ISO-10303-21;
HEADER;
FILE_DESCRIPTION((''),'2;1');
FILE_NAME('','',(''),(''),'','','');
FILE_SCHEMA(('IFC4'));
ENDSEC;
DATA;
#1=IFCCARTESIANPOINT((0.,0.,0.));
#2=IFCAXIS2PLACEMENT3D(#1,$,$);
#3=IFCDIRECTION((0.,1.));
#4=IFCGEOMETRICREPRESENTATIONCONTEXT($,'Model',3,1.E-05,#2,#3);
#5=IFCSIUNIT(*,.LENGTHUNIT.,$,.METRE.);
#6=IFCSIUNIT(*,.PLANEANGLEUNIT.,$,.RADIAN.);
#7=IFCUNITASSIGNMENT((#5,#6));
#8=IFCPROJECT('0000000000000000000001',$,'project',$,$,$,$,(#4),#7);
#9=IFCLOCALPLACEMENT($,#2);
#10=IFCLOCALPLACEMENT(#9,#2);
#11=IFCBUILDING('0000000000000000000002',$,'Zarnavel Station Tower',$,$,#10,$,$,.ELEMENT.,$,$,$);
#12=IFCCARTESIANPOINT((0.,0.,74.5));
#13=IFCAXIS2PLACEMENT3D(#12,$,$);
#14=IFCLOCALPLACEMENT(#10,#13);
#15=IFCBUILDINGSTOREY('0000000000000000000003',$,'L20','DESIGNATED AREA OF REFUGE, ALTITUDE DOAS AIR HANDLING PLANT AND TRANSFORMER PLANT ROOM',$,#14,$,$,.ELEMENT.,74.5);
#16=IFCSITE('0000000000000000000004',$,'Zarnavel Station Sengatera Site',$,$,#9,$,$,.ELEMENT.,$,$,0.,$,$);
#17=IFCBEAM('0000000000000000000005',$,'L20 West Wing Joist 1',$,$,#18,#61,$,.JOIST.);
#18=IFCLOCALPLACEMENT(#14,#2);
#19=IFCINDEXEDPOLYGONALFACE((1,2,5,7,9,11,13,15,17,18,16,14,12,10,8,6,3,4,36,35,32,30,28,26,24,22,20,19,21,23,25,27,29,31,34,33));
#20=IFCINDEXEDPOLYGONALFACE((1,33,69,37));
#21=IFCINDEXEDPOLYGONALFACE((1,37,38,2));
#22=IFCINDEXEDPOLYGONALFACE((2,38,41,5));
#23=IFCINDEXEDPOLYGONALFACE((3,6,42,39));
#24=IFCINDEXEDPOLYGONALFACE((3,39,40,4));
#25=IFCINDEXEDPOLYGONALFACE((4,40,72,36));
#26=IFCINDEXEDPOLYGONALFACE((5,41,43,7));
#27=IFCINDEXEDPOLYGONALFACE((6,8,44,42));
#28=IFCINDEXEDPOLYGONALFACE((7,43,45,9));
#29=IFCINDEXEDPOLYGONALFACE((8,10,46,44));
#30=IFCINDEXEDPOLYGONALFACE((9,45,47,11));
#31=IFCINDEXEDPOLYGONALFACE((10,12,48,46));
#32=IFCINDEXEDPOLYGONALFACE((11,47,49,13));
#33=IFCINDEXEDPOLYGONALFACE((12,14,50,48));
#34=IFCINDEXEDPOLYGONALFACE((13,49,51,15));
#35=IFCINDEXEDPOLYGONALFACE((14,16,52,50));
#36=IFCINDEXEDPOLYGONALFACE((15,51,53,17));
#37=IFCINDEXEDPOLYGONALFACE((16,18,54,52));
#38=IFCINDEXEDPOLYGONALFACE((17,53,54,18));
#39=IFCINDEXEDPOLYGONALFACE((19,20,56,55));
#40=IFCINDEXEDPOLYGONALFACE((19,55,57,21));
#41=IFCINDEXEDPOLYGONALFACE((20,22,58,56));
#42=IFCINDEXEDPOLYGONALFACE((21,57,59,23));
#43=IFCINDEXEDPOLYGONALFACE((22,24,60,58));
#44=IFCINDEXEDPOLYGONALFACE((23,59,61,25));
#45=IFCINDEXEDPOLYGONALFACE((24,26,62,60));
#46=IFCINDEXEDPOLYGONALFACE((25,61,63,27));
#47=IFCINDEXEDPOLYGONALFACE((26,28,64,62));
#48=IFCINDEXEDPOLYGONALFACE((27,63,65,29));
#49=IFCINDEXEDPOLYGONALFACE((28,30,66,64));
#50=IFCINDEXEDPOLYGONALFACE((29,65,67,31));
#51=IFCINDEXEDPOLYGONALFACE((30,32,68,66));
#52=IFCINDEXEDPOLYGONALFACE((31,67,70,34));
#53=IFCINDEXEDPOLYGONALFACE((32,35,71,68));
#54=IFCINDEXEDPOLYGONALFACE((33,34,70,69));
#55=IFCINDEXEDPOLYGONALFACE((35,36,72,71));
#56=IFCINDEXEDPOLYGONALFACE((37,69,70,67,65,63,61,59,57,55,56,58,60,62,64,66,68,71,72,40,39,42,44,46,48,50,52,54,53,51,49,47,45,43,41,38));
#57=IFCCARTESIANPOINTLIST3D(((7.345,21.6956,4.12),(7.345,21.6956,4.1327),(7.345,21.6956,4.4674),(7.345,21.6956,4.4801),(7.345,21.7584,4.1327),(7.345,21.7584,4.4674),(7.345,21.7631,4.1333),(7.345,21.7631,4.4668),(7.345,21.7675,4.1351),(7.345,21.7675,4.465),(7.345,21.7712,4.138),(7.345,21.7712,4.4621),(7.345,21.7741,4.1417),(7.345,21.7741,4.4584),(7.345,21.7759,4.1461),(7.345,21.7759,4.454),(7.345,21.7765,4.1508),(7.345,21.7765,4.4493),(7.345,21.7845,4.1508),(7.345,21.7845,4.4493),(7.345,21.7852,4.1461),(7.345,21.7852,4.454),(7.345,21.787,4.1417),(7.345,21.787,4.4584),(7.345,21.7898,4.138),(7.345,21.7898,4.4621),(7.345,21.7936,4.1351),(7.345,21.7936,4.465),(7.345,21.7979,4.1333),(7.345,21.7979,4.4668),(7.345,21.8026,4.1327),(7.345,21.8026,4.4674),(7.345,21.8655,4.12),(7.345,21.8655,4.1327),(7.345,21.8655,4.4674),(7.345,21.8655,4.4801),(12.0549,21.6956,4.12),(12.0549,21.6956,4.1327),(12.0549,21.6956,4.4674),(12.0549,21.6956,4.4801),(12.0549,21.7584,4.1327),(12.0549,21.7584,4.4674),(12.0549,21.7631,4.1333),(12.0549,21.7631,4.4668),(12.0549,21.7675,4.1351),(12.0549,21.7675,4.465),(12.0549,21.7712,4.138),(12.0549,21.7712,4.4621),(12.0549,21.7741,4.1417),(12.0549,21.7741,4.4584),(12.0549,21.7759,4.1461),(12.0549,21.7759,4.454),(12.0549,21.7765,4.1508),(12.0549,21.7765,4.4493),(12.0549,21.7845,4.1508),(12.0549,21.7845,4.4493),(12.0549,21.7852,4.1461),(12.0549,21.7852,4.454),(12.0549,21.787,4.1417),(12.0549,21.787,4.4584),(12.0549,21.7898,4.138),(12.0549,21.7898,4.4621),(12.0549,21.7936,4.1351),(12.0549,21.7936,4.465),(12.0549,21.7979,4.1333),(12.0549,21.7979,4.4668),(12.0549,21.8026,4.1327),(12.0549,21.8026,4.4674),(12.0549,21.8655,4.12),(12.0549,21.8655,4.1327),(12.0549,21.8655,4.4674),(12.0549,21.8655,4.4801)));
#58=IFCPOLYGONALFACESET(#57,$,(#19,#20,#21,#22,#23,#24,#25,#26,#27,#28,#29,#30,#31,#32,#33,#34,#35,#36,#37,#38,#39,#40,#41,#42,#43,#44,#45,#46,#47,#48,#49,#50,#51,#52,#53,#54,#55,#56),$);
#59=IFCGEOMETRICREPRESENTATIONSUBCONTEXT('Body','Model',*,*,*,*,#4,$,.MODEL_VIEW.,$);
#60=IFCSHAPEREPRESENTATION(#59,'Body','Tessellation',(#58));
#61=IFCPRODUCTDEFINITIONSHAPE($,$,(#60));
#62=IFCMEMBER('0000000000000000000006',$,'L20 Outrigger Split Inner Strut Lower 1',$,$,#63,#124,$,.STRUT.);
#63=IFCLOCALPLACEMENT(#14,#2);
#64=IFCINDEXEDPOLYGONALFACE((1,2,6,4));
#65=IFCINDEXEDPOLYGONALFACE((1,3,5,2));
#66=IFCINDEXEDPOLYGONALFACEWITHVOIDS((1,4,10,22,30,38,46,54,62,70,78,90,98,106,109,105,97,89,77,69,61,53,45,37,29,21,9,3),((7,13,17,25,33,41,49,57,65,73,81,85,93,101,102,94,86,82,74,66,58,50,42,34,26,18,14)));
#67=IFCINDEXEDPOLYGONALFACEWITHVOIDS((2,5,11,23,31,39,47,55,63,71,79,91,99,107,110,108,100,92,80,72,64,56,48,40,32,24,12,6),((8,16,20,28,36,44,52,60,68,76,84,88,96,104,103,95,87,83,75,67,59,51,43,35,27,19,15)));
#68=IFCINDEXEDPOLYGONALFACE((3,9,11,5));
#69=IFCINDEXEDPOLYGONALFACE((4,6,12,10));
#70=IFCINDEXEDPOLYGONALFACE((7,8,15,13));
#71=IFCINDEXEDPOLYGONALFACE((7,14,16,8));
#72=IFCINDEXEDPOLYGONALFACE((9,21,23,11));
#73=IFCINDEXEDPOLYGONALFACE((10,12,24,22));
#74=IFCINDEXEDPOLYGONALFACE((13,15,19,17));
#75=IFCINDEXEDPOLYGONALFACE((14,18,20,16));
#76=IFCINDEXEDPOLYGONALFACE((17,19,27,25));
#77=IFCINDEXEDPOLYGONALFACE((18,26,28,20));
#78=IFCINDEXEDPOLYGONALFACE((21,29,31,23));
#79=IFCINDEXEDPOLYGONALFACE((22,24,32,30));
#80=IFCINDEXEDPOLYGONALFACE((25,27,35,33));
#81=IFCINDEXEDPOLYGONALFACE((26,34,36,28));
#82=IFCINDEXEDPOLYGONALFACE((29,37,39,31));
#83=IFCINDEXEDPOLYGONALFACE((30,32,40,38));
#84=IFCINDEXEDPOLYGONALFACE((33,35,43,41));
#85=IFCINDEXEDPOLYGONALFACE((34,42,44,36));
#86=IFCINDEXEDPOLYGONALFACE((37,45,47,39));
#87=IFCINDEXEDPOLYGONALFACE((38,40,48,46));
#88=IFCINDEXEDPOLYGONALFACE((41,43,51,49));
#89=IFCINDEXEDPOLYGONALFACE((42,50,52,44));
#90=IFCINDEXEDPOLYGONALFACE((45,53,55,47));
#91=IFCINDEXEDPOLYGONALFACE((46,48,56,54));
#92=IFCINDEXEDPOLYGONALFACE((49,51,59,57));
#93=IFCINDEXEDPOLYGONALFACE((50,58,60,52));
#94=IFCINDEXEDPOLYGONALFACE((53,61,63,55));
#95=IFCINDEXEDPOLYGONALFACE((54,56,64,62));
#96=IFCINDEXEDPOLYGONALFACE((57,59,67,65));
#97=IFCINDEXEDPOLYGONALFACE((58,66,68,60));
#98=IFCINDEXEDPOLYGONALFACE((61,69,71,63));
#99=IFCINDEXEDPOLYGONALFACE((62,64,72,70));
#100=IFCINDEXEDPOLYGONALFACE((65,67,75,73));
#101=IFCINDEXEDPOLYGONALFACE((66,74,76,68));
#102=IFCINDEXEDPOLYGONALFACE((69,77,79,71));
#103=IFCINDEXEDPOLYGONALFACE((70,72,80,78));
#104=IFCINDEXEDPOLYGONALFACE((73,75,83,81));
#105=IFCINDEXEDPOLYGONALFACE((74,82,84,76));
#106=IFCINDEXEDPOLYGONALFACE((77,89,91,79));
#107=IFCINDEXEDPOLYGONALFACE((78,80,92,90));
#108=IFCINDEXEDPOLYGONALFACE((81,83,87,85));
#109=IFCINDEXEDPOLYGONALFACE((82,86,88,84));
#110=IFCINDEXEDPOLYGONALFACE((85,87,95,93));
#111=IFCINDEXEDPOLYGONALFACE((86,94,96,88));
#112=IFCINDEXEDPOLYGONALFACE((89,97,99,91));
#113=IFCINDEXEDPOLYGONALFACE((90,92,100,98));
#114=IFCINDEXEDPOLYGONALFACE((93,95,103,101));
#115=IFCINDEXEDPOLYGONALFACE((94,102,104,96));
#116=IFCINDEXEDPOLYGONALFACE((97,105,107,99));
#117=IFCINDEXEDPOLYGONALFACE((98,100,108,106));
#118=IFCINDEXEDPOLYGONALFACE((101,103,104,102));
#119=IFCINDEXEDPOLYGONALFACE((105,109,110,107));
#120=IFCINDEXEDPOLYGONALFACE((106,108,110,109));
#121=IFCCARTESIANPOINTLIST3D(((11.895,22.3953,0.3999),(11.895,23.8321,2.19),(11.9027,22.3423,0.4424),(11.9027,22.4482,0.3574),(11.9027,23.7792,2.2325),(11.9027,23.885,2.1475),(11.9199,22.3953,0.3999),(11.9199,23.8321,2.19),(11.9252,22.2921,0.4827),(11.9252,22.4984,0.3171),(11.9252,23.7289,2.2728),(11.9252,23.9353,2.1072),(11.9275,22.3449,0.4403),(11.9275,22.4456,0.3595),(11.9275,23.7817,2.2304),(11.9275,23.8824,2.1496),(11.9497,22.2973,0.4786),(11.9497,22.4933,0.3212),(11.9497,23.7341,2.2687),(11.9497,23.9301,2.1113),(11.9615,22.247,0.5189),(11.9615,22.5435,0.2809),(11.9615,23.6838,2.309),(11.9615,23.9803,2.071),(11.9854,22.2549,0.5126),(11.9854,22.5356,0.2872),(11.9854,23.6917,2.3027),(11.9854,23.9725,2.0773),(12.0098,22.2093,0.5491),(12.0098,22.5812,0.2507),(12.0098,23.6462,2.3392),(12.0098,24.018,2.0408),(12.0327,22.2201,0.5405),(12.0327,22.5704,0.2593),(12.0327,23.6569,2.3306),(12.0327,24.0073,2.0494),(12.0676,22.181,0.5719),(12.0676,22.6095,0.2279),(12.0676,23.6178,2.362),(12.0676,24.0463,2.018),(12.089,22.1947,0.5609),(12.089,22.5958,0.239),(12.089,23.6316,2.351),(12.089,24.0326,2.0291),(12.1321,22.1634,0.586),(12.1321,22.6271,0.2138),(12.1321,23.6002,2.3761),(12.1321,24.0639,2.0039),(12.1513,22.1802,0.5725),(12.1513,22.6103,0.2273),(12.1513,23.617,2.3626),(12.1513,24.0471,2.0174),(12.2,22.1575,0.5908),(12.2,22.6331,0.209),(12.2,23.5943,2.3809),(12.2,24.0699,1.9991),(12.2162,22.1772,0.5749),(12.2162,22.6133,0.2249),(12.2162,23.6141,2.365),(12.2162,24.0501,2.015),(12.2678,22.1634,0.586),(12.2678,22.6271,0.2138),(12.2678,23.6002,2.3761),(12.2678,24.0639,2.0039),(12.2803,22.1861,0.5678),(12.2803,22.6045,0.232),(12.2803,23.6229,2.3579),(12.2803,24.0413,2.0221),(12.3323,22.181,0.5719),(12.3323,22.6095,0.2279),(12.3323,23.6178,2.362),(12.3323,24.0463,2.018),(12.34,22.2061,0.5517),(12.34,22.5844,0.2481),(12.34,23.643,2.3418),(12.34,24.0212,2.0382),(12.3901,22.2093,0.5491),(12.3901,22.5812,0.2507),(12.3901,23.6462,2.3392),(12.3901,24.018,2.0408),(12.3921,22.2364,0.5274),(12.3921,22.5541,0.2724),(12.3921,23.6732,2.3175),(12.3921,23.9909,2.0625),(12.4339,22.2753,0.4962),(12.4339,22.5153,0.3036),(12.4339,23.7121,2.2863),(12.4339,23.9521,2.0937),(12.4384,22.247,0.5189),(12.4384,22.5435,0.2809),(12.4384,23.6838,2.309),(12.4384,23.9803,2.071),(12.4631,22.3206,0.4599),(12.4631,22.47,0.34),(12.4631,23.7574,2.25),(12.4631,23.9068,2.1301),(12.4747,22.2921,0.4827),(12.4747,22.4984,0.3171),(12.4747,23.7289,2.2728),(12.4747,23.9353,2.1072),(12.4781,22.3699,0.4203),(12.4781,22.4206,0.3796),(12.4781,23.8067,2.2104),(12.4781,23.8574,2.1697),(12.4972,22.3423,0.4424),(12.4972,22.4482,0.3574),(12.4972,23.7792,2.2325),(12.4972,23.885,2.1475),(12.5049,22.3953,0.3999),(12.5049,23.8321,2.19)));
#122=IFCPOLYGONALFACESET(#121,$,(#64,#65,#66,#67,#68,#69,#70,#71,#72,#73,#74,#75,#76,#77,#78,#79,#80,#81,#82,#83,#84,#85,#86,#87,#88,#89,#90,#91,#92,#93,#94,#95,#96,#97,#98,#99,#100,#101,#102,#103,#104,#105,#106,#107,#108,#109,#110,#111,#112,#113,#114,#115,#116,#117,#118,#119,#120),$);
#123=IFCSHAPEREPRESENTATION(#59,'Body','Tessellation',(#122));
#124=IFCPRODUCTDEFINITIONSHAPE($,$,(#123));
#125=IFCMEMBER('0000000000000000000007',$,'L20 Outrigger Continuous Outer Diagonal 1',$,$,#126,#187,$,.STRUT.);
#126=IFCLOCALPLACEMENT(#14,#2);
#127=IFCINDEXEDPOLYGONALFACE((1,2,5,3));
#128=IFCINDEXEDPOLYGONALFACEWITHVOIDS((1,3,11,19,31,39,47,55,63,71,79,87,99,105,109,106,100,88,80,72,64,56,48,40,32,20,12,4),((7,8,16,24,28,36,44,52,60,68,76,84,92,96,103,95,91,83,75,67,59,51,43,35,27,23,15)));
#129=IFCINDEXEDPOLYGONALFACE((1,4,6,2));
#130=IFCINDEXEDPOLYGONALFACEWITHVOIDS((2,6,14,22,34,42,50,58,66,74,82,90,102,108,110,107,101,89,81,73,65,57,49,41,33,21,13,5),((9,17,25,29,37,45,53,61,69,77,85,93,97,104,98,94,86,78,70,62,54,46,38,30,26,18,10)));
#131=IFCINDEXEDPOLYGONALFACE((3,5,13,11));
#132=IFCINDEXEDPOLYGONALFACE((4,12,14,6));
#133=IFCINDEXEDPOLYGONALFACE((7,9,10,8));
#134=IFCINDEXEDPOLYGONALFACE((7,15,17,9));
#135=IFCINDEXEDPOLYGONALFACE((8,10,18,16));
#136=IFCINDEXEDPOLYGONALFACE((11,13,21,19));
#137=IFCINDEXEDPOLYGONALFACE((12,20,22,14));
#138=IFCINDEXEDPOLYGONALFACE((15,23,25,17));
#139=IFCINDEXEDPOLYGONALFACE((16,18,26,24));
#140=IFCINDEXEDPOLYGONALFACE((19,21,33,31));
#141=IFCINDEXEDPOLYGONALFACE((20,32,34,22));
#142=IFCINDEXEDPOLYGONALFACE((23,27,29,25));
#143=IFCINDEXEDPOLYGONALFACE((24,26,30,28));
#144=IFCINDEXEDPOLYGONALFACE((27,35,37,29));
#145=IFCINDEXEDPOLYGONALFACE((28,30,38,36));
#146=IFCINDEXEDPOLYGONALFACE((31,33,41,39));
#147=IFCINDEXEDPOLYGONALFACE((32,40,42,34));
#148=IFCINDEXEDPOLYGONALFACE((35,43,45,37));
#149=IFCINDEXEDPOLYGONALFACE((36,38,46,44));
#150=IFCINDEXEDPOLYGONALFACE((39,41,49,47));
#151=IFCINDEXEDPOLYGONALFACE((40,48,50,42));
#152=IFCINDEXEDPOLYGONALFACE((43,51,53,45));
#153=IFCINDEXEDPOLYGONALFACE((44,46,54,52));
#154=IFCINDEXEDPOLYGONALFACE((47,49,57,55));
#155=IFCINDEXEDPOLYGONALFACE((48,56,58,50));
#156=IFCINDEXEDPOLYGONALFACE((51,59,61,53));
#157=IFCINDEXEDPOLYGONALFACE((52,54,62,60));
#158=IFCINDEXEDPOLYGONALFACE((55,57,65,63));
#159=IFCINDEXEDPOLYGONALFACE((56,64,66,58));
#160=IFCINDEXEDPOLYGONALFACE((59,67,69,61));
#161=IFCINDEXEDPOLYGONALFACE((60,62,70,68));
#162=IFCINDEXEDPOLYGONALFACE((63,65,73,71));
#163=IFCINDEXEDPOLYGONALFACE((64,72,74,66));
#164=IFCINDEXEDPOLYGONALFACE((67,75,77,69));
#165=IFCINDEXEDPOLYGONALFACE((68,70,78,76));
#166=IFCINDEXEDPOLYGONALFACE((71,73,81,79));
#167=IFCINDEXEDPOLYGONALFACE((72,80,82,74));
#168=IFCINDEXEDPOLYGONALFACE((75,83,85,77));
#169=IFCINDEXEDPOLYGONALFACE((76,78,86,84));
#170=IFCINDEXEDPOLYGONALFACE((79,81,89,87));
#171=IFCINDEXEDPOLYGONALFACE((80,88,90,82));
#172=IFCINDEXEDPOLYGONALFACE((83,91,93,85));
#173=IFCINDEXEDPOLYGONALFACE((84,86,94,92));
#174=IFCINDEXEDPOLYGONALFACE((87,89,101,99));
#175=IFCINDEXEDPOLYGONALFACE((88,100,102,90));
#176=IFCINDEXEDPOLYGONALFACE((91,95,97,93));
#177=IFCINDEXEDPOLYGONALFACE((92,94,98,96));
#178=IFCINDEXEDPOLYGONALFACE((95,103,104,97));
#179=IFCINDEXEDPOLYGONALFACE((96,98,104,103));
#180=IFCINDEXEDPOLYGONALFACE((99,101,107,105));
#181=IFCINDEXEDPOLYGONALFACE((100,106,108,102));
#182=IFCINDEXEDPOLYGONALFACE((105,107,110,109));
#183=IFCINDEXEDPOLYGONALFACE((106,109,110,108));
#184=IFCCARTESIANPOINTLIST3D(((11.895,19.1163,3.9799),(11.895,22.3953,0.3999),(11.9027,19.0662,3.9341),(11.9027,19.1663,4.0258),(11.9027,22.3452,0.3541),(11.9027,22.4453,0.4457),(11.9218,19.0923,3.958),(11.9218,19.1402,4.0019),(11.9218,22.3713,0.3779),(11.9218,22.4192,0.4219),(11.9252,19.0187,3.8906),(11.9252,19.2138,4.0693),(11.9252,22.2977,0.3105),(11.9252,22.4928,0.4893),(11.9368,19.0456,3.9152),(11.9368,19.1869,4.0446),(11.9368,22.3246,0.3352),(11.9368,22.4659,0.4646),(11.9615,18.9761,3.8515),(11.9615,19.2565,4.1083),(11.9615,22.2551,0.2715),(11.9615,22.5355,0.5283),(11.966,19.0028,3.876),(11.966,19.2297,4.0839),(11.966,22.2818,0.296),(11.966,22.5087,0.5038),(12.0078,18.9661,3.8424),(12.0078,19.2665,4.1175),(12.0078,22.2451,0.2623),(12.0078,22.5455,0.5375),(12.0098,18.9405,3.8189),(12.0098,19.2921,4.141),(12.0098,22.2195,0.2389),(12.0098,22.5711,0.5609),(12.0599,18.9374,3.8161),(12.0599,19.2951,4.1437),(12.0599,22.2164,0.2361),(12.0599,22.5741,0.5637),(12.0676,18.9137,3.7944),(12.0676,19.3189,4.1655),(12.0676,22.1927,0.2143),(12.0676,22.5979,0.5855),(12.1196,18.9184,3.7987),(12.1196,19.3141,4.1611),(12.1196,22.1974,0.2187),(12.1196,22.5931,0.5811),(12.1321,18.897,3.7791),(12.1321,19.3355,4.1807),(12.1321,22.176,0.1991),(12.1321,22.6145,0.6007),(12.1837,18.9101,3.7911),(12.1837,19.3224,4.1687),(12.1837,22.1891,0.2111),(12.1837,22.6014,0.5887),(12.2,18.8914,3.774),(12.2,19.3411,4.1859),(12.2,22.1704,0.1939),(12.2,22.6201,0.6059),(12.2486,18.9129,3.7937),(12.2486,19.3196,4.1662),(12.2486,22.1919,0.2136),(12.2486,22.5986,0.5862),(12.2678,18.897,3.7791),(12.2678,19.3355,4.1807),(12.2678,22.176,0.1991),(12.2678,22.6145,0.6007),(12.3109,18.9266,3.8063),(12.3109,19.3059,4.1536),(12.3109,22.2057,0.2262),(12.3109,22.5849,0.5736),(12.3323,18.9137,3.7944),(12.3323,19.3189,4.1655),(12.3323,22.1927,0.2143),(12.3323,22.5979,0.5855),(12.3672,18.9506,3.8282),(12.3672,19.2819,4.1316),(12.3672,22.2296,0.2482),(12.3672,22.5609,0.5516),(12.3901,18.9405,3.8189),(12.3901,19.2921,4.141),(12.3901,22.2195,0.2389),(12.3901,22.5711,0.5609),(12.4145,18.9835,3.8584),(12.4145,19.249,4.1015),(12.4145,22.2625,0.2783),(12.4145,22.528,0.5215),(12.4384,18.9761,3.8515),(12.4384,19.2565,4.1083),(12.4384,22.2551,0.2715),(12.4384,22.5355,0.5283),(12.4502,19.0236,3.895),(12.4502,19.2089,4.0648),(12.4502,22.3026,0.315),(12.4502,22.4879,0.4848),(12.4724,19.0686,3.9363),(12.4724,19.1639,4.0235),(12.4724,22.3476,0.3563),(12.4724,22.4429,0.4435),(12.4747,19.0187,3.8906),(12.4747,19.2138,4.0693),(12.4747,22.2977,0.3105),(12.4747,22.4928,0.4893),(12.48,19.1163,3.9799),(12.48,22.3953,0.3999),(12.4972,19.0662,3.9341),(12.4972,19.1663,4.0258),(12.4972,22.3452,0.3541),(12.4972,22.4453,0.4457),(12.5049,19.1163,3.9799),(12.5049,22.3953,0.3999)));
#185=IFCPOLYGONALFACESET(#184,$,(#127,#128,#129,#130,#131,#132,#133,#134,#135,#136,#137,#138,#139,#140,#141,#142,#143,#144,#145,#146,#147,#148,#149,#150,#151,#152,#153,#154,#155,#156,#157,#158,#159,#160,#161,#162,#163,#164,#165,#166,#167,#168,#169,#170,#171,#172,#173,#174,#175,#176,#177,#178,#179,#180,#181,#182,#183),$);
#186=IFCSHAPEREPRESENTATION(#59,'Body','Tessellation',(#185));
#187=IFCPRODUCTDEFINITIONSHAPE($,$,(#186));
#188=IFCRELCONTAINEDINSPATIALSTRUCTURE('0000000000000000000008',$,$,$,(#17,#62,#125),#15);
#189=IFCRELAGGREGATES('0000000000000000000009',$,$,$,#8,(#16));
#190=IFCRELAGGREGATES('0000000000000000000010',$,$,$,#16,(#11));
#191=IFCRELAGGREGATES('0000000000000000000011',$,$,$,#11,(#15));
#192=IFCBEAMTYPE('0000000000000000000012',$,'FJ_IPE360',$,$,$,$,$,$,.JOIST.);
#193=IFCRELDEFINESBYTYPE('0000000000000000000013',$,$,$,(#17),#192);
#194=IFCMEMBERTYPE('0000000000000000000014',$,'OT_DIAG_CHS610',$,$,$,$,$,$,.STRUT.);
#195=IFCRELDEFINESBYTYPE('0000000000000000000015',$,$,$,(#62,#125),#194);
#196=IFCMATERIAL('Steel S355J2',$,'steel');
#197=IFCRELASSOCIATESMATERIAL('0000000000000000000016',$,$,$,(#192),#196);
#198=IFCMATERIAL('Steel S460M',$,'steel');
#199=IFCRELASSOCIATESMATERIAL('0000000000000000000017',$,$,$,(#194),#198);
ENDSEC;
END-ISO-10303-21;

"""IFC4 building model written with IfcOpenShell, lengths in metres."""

from ifc_helpers import new_model, si_unit, direction, frame, origin, origin_2d, place, context, subcontext, project, spatial, hollow_circle, i_section, extrude, material, material_profile, profile_set, type_object, element, save


model = new_model("IFC4")

# Units and contexts
model_context = context("Model", 3, precision=1e-05, world=origin(), true_north=direction((0.0, 1.0)))
body_context = subcontext(model_context, "Body", "Model", "MODEL_VIEW")
ifc_project = project(units=[si_unit("LENGTHUNIT", "METRE"), si_unit("PLANEANGLEUNIT", "RADIAN")], contexts=[model_context])

# Site, building, storey
site_placement = place(None, origin())
site = spatial("IfcSite", under=ifc_project, at=site_placement, Name="Zarnavel Station Sengatera Site", CompositionType="ELEMENT", RefElevation=0.0)
building_placement = place(site_placement, origin())
building = spatial("IfcBuilding", under=site, at=building_placement, Name="Zarnavel Station Tower", CompositionType="ELEMENT")
storey_placement = place(building_placement, frame((0.0, 0.0, 74.5)))
storey = spatial("IfcBuildingStorey", under=building, at=storey_placement, Name="L20", Description="DESIGNATED AREA OF REFUGE, ALTITUDE DOAS AIR HANDLING PLANT AND TRANSFORMER PLANT ROOM", CompositionType="ELEMENT", Elevation=74.5)

# Beam
ifc_material_1 = material(Name="Steel S355J2", Category="steel")
ifc_material_profile_1 = material_profile(ifc_material_1, i_section(OverallWidth=0.1699, OverallDepth=0.3601, WebThickness=0.0081, FlangeThickness=0.0127, FilletRadius=0.0181, at=origin_2d()), Name="IPE360")
ifc_profile_set_1 = profile_set([ifc_material_profile_1], Name="Steel S355J2")
beam_type_1 = type_object("IfcBeamType", Name="FJ_IPE360", PredefinedType="JOIST", material=ifc_profile_set_1)
beam_1_placement = place(storey_placement, frame((7.345, 21.7805, 4.3), z_axis=(1.0, 0.0, 0.0), x_axis=(0.0, 1.0, 0.0)))
element("IfcBeam", 1, at=beam_1_placement, inside=storey, type_object=beam_type_1, Name="L20 West Wing Joist 1", PredefinedType="JOIST", context=body_context, shape_type="SweptSolid", body=[
    extrude(i_section(OverallWidth=0.1699, OverallDepth=0.3601, WebThickness=0.0081, FlangeThickness=0.0127, FilletRadius=0.0181, at=origin_2d()), origin(), (0.0, 0.0, 1.0), 4.71),
])

# Members
ifc_material_2 = material(Name="Steel S460M", Category="steel")
ifc_material_profile_2 = material_profile(ifc_material_2, hollow_circle(Radius=0.3049, WallThickness=0.0249, at=origin_2d()), Name="CHS610x25")
ifc_profile_set_2 = profile_set([ifc_material_profile_2], Name="Steel S460M")
member_type_1 = type_object("IfcMemberType", Name="OT_DIAG_CHS610", PredefinedType="STRUT", material=ifc_profile_set_2)
member_1_placement = place(storey_placement, frame((12.2, 22.3953, 0.3999), z_axis=(0.0, 0.625952, 0.779861), x_axis=(-1.0, 0.0, 0.0)))
element("IfcMember", 2, at=member_1_placement, inside=storey, type_object=member_type_1, Name="L20 Outrigger Split Inner Strut Lower 1", PredefinedType="STRUT", context=body_context, shape_type="SweptSolid", body=[
    extrude(hollow_circle(Radius=0.3049, WallThickness=0.0249, at=origin_2d()), origin(), (0.0, 0.0, 1.0), 2.2954),
])
member_2_placement = place(storey_placement, frame((12.2, 22.3953, 0.3999), z_axis=(0.0, -0.675424, 0.73743), x_axis=(1.0, 0.0, 0.0)))
element("IfcMember", 3, at=member_2_placement, inside=storey, type_object=member_type_1, Name="L20 Outrigger Continuous Outer Diagonal 1", PredefinedType="STRUT", context=body_context, shape_type="SweptSolid", body=[
    extrude(hollow_circle(Radius=0.3049, WallThickness=0.0249, at=origin_2d()), origin(), (0.0, 0.0, 1.0), 4.8547),
])

save(model, "model.ifc")
